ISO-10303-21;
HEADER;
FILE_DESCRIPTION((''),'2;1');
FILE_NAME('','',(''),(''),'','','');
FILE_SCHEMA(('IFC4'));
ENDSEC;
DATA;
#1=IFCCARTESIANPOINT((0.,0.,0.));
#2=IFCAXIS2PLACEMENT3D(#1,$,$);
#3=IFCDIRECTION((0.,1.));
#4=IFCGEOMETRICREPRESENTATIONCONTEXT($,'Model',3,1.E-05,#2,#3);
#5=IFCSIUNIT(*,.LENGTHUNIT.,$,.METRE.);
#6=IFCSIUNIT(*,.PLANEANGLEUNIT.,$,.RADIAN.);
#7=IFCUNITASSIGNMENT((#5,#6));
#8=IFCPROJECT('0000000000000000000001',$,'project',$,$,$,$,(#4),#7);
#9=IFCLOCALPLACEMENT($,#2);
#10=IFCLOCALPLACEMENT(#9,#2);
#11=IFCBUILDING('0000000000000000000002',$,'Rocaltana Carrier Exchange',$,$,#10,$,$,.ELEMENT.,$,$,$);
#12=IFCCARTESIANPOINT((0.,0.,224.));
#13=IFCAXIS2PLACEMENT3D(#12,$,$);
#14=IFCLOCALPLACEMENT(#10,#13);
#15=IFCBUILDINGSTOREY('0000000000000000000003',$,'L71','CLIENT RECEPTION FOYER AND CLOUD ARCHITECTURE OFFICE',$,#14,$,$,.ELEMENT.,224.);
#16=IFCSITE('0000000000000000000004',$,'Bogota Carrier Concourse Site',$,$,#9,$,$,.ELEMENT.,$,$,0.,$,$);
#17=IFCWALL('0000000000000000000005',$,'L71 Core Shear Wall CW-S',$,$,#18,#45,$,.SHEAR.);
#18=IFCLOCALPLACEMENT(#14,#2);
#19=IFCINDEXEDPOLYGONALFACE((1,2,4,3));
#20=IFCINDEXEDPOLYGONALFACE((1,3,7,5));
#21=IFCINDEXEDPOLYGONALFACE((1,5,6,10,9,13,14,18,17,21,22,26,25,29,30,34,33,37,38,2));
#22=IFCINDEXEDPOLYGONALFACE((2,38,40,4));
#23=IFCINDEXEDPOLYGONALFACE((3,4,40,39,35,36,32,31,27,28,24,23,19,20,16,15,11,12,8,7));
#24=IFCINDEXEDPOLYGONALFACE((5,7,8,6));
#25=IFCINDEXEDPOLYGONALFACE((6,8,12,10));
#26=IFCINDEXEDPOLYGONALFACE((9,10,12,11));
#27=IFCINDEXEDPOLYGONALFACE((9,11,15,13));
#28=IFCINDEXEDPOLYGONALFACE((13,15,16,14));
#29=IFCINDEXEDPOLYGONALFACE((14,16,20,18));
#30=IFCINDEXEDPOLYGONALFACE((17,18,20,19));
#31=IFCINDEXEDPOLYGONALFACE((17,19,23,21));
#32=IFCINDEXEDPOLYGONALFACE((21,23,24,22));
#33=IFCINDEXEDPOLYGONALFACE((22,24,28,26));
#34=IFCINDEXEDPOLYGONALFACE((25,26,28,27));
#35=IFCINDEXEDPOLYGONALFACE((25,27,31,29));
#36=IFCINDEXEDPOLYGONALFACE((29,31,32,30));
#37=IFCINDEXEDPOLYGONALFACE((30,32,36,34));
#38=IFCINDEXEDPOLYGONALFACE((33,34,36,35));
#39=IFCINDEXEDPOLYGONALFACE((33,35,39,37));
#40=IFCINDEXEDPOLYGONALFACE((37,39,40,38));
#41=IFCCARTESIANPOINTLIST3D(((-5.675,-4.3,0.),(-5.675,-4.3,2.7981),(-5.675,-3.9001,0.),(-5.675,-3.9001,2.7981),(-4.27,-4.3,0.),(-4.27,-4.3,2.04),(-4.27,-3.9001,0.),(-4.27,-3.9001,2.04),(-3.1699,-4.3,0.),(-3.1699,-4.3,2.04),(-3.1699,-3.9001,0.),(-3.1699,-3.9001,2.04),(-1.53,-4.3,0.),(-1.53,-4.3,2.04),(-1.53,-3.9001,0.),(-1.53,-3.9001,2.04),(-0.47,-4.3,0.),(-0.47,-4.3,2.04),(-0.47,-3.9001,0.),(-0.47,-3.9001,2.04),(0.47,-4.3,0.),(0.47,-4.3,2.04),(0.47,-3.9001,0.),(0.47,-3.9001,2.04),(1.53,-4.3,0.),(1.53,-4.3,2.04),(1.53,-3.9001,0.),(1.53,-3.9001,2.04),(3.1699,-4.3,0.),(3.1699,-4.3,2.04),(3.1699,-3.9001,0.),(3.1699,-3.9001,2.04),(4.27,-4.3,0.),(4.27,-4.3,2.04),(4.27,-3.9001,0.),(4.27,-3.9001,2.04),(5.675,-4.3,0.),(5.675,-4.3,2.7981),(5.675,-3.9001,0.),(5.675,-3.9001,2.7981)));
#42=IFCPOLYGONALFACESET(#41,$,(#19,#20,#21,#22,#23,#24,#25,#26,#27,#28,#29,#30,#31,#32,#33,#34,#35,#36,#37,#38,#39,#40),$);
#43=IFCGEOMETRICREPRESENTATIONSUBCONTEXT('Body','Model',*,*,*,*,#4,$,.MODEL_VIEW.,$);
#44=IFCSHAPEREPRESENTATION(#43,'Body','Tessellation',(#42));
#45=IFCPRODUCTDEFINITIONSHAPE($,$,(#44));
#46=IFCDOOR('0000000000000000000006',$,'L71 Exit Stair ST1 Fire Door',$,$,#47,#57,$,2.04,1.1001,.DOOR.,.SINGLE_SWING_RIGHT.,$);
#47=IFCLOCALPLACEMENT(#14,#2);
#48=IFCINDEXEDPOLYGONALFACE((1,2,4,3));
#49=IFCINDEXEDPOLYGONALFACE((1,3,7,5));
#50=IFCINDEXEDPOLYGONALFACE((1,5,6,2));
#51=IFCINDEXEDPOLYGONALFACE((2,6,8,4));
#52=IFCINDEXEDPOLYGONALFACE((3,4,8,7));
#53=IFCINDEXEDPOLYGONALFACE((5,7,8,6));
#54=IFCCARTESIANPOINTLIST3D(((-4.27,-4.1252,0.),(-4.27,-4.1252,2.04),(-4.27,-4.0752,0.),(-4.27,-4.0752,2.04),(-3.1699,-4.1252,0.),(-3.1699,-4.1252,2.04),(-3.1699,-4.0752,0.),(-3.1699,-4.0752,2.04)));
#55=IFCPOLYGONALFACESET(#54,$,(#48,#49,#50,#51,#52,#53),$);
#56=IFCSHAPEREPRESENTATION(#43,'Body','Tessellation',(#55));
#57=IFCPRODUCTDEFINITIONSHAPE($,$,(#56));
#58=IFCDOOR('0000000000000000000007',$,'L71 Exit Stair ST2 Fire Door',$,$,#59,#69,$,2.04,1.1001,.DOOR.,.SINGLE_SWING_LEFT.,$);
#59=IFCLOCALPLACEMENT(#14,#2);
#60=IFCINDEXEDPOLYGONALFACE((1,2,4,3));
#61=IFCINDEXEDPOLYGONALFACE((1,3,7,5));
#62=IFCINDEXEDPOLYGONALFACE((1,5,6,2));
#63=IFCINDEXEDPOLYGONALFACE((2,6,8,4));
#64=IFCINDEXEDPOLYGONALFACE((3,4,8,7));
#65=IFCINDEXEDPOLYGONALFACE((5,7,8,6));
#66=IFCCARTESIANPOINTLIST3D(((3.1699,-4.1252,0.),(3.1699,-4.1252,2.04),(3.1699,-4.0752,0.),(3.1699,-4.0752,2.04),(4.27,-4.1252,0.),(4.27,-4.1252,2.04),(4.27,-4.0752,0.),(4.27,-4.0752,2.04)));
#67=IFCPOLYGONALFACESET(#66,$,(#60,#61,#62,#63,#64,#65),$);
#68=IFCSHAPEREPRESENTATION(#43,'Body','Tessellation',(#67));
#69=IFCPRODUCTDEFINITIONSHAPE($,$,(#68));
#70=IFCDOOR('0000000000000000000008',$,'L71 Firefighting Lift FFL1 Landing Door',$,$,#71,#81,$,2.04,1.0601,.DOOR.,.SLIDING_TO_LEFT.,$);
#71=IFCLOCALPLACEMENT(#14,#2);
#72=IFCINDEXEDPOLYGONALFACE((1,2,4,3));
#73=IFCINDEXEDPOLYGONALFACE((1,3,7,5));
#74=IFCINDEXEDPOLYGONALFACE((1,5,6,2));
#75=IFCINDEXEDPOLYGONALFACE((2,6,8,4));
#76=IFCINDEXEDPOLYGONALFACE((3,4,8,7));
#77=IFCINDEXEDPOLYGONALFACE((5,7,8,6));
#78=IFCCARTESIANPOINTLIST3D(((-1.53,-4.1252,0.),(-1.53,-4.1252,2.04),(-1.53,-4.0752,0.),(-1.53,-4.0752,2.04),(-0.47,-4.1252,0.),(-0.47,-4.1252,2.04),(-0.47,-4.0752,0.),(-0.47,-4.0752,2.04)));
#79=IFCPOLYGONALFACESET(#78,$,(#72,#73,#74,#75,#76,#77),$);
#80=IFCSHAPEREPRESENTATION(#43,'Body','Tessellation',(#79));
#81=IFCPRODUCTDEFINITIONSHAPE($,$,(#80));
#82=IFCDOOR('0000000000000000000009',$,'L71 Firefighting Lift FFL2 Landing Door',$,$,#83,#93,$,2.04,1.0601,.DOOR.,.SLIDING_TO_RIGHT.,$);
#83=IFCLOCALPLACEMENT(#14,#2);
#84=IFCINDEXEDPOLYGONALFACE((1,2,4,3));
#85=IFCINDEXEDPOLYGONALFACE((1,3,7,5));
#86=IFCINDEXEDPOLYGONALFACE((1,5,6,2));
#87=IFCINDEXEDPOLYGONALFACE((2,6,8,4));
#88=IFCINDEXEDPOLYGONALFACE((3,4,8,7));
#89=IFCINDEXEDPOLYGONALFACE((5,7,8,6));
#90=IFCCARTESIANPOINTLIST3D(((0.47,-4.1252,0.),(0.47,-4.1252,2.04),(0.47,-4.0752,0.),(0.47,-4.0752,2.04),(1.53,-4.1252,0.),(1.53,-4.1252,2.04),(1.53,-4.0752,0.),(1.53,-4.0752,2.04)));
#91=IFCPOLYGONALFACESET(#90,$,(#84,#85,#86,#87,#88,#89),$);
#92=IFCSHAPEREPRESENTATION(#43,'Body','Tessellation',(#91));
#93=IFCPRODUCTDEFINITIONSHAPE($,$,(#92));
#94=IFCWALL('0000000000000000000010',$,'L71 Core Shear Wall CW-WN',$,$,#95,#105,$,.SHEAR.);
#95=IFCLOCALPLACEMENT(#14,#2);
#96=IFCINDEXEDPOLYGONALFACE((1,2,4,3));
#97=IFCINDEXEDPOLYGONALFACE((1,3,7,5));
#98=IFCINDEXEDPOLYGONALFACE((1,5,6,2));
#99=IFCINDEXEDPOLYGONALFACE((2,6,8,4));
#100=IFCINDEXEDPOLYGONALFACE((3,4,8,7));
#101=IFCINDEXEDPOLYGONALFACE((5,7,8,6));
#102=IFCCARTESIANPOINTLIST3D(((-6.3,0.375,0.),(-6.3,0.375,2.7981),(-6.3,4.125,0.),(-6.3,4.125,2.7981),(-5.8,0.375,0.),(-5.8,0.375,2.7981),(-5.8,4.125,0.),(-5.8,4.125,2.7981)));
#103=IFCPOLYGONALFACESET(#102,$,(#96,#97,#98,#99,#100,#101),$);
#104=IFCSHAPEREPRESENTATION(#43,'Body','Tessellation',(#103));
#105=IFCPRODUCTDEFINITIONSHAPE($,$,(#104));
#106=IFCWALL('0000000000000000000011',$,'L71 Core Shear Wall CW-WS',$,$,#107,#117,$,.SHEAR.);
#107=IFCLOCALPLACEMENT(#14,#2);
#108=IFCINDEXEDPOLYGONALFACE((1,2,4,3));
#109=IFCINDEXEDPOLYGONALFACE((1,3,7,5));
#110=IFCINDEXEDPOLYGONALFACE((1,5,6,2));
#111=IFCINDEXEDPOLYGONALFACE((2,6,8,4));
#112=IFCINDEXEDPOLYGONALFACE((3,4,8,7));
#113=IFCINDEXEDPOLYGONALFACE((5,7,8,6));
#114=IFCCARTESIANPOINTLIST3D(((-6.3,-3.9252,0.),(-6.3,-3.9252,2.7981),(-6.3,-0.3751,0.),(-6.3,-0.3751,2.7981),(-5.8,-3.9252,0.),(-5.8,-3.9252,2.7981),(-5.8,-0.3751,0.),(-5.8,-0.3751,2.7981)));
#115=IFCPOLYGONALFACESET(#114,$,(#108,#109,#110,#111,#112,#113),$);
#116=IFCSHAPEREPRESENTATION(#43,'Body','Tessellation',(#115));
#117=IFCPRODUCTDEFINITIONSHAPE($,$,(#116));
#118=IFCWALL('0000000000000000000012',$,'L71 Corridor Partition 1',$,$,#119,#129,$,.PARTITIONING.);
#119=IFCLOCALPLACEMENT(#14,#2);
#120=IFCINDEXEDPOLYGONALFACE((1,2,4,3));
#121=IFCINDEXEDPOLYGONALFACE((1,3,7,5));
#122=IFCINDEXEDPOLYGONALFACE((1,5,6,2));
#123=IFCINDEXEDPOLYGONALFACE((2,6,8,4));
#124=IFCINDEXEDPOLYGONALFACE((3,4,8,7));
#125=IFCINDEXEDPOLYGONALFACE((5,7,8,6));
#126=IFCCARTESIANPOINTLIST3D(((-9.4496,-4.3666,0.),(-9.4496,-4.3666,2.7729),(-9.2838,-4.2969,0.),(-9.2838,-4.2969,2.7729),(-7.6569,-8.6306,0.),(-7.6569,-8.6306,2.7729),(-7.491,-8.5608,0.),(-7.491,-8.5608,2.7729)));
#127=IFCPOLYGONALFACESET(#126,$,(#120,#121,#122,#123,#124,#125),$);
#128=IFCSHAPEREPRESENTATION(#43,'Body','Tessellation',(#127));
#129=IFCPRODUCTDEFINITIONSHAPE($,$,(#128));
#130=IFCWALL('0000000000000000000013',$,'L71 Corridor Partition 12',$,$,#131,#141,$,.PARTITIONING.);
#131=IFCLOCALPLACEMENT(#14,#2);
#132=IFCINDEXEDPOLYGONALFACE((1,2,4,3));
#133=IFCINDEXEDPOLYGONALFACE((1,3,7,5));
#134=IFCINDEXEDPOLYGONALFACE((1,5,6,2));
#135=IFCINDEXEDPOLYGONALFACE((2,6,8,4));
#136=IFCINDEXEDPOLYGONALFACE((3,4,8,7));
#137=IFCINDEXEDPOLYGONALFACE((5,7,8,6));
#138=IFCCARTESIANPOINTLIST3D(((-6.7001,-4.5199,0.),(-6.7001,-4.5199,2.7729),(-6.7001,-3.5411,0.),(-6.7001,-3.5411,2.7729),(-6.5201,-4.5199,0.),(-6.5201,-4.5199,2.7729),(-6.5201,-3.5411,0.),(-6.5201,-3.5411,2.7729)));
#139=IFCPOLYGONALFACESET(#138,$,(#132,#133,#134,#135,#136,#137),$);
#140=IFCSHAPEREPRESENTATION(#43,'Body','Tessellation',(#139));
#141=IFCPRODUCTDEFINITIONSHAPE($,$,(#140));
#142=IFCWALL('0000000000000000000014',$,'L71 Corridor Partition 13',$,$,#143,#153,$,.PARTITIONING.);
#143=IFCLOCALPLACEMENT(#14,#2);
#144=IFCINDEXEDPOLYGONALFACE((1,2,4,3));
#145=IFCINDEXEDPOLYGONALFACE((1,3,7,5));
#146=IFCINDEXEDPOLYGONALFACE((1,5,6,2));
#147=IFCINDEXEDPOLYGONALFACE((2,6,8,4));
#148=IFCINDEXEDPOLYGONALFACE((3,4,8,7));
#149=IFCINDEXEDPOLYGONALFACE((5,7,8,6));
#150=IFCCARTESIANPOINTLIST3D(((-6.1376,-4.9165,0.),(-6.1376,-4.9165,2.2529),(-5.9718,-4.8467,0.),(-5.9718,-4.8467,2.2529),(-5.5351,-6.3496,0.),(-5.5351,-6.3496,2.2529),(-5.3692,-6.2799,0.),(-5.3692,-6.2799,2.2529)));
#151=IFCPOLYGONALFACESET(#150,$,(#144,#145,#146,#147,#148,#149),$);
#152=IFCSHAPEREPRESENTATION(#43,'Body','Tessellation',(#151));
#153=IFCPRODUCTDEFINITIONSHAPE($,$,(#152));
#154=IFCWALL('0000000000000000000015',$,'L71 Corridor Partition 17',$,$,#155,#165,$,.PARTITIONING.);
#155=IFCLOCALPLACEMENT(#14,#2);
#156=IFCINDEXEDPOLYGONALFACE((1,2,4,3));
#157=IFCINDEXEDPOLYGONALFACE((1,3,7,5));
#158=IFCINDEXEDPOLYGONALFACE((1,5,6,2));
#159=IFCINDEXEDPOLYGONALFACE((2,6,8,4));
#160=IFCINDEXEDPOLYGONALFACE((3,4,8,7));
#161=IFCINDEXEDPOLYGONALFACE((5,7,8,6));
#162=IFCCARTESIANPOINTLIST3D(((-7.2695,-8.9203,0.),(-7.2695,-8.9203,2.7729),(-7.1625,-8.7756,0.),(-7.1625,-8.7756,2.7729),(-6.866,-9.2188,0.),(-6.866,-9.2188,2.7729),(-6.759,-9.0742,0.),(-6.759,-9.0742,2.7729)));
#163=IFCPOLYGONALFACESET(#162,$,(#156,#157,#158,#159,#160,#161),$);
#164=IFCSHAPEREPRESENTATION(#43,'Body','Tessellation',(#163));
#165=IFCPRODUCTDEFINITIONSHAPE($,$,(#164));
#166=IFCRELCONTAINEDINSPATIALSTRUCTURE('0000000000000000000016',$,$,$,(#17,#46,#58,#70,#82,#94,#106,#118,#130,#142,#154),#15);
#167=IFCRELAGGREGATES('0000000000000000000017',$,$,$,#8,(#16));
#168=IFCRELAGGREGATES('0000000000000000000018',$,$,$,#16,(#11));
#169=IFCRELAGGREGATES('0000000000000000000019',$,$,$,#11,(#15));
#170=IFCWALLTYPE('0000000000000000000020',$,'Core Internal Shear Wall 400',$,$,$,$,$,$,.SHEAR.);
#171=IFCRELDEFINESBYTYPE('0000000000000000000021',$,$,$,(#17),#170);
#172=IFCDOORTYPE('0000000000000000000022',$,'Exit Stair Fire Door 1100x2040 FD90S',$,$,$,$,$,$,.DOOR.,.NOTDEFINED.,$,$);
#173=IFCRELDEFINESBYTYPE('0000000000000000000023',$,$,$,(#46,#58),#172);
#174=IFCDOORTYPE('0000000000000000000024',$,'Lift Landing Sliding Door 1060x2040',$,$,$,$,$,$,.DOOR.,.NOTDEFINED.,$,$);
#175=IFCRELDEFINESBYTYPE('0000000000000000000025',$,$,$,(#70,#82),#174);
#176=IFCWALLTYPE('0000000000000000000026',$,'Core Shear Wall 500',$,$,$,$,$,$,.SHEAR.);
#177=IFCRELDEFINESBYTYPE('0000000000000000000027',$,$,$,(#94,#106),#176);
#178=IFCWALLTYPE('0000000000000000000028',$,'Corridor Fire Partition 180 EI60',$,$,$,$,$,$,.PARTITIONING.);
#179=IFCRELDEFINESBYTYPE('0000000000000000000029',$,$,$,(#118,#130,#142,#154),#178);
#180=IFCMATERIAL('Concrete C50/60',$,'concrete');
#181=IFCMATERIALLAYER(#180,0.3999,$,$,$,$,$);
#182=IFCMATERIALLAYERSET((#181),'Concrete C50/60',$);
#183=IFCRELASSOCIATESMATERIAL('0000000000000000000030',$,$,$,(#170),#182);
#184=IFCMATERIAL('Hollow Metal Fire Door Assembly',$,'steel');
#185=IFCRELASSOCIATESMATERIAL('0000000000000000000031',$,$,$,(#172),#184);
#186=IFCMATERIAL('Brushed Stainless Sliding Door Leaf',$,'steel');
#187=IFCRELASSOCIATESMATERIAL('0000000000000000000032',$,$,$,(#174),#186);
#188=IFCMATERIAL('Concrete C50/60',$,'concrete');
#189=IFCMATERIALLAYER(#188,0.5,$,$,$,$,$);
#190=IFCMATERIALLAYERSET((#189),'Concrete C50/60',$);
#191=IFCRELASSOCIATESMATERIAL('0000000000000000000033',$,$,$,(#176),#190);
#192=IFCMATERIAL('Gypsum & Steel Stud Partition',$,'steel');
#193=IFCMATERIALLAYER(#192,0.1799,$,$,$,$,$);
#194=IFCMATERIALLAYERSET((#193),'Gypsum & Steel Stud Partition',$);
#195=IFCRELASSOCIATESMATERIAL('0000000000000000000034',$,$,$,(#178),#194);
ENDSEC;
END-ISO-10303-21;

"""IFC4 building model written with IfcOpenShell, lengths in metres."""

from ifc_helpers import new_model, si_unit, direction, frame, frame_2d, origin, place, context, subcontext, project, spatial, rectangle, extrude, material, layer, layer_set, type_object, element, fill, save


model = new_model("IFC4")

# Units and contexts
model_context = context("Model", 3, precision=1e-05, world=origin(), true_north=direction((0.0, 1.0)))
body_context = subcontext(model_context, "Body", "Model", "MODEL_VIEW")
ifc_project = project(units=[si_unit("LENGTHUNIT", "METRE"), si_unit("PLANEANGLEUNIT", "RADIAN")], contexts=[model_context])

# Site, building, storey
site_placement = place(None, origin())
site = spatial("IfcSite", under=ifc_project, at=site_placement, Name="Bogota Carrier Concourse Site", CompositionType="ELEMENT", RefElevation=0.0)
building_placement = place(site_placement, origin())
building = spatial("IfcBuilding", under=site, at=building_placement, Name="Rocaltana Carrier Exchange", CompositionType="ELEMENT")
storey_placement = place(building_placement, frame((0.0, 0.0, 224.0)))
storey = spatial("IfcBuildingStorey", under=building, at=storey_placement, Name="L71", Description="CLIENT RECEPTION FOYER AND CLOUD ARCHITECTURE OFFICE", CompositionType="ELEMENT", Elevation=224.0)

# Wall, openings, doors
ifc_material_1 = material(Name="Concrete C50/60", Category="concrete")
ifc_layer_1 = layer(ifc_material_1, 0.3999)
ifc_layer_set_1 = layer_set([ifc_layer_1], Name="Concrete C50/60")
wall_type_1 = type_object("IfcWallType", Name="Core Internal Shear Wall 400", PredefinedType="SHEAR", material=ifc_layer_set_1)
wall_1_placement = place(storey_placement, frame((-5.675, -4.1001, 0.0), z_axis=(0.0, 0.0, 1.0), x_axis=(1.0, 0.0, 0.0)))
wall_1 = element("IfcWall", 1, at=wall_1_placement, inside=storey, type_object=wall_type_1, Name="L71 Core Shear Wall CW-S", PredefinedType="SHEAR", context=body_context, shape_type="SweptSolid", body=[
    extrude(rectangle(XDim=11.3501, YDim=0.3999, at=frame_2d((5.675, 0.0))), origin(), (0.0, 0.0, 1.0), 2.7981),
])
opening_1_placement = place(wall_1_placement, frame((1.405, 0.0, 0.0)))
opening_1 = element("IfcOpeningElement", 2, at=opening_1_placement, cuts=wall_1, PredefinedType="OPENING", context=body_context, shape_type="SweptSolid", body=[
    extrude(rectangle(XDim=1.1001, YDim=2.04, at=frame_2d((0.55, 1.02))), frame((0.0, 0.21, 0.0), z_axis=(0.0, -1.0, 0.0), x_axis=(1.0, 0.0, 0.0)), (0.0, 0.0, 1.0), 0.4199),
])
opening_2_placement = place(wall_1_placement, frame((8.845, 0.0, 0.0)))
opening_2 = element("IfcOpeningElement", 3, at=opening_2_placement, cuts=wall_1, PredefinedType="OPENING", context=body_context, shape_type="SweptSolid", body=[
    extrude(rectangle(XDim=1.1001, YDim=2.04, at=frame_2d((0.55, 1.02))), frame((0.0, 0.21, 0.0), z_axis=(0.0, -1.0, 0.0), x_axis=(1.0, 0.0, 0.0)), (0.0, 0.0, 1.0), 0.4199),
])
opening_3_placement = place(wall_1_placement, frame((4.145, 0.0, 0.0)))
opening_3 = element("IfcOpeningElement", 4, at=opening_3_placement, cuts=wall_1, PredefinedType="OPENING", context=body_context, shape_type="SweptSolid", body=[
    extrude(rectangle(XDim=1.0601, YDim=2.04, at=frame_2d((0.53, 1.02))), frame((0.0, 0.21, 0.0), z_axis=(0.0, -1.0, 0.0), x_axis=(1.0, 0.0, 0.0)), (0.0, 0.0, 1.0), 0.4199),
])
opening_4_placement = place(wall_1_placement, frame((6.145, 0.0, 0.0)))
opening_4 = element("IfcOpeningElement", 5, at=opening_4_placement, cuts=wall_1, PredefinedType="OPENING", context=body_context, shape_type="SweptSolid", body=[
    extrude(rectangle(XDim=1.0601, YDim=2.04, at=frame_2d((0.53, 1.02))), frame((0.0, 0.21, 0.0), z_axis=(0.0, -1.0, 0.0), x_axis=(1.0, 0.0, 0.0)), (0.0, 0.0, 1.0), 0.4199),
])
ifc_material_2 = material(Name="Hollow Metal Fire Door Assembly", Category="steel")
door_type_1 = type_object("IfcDoorType", Name="Exit Stair Fire Door 1100x2040 FD90S", OperationType="NOTDEFINED", PredefinedType="DOOR", material=ifc_material_2)
door_1_placement = place(opening_1_placement, origin())
door_1 = element("IfcDoor", 6, at=door_1_placement, inside=storey, type_object=door_type_1, Name="L71 Exit Stair ST1 Fire Door", OperationType="SINGLE_SWING_RIGHT", OverallHeight=2.04, OverallWidth=1.1001, PredefinedType="DOOR", context=body_context, shape_type="SweptSolid", body=[
    extrude(rectangle(XDim=1.1001, YDim=2.04, at=frame_2d((0.55, 1.02))), frame((0.0, 0.0249, 0.0), z_axis=(0.0, -1.0, 0.0), x_axis=(1.0, 0.0, 0.0)), (0.0, 0.0, 1.0), 0.05),
])
fill(opening_1, door_1)
door_2_placement = place(opening_2_placement, origin())
door_2 = element("IfcDoor", 7, at=door_2_placement, inside=storey, type_object=door_type_1, Name="L71 Exit Stair ST2 Fire Door", OperationType="SINGLE_SWING_LEFT", OverallHeight=2.04, OverallWidth=1.1001, PredefinedType="DOOR", context=body_context, shape_type="SweptSolid", body=[
    extrude(rectangle(XDim=1.1001, YDim=2.04, at=frame_2d((0.55, 1.02))), frame((0.0, 0.0249, 0.0), z_axis=(0.0, -1.0, 0.0), x_axis=(1.0, 0.0, 0.0)), (0.0, 0.0, 1.0), 0.05),
])
fill(opening_2, door_2)
ifc_material_3 = material(Name="Brushed Stainless Sliding Door Leaf", Category="steel")
door_type_2 = type_object("IfcDoorType", Name="Lift Landing Sliding Door 1060x2040", OperationType="NOTDEFINED", PredefinedType="DOOR", material=ifc_material_3)
door_3_placement = place(opening_3_placement, origin())
door_3 = element("IfcDoor", 8, at=door_3_placement, inside=storey, type_object=door_type_2, Name="L71 Firefighting Lift FFL1 Landing Door", OperationType="SLIDING_TO_LEFT", OverallHeight=2.04, OverallWidth=1.0601, PredefinedType="DOOR", context=body_context, shape_type="SweptSolid", body=[
    extrude(rectangle(XDim=1.0601, YDim=2.04, at=frame_2d((0.53, 1.02))), frame((0.0, 0.0249, 0.0), z_axis=(0.0, -1.0, 0.0), x_axis=(1.0, 0.0, 0.0)), (0.0, 0.0, 1.0), 0.05),
])
fill(opening_3, door_3)
door_4_placement = place(opening_4_placement, origin())
door_4 = element("IfcDoor", 9, at=door_4_placement, inside=storey, type_object=door_type_2, Name="L71 Firefighting Lift FFL2 Landing Door", OperationType="SLIDING_TO_RIGHT", OverallHeight=2.04, OverallWidth=1.0601, PredefinedType="DOOR", context=body_context, shape_type="SweptSolid", body=[
    extrude(rectangle(XDim=1.0601, YDim=2.04, at=frame_2d((0.53, 1.02))), frame((0.0, 0.0249, 0.0), z_axis=(0.0, -1.0, 0.0), x_axis=(1.0, 0.0, 0.0)), (0.0, 0.0, 1.0), 0.05),
])
fill(opening_4, door_4)

# Walls
ifc_material_4 = material(Name="Concrete C50/60", Category="concrete")
ifc_layer_2 = layer(ifc_material_4, 0.5)
ifc_layer_set_2 = layer_set([ifc_layer_2], Name="Concrete C50/60")
wall_type_2 = type_object("IfcWallType", Name="Core Shear Wall 500", PredefinedType="SHEAR", material=ifc_layer_set_2)
wall_2_placement = place(storey_placement, frame((-6.05, 0.375, 0.0), z_axis=(0.0, 0.0, 1.0), x_axis=(0.0, 1.0, 0.0)))
element("IfcWall", 10, at=wall_2_placement, inside=storey, type_object=wall_type_2, Name="L71 Core Shear Wall CW-WN", PredefinedType="SHEAR", context=body_context, shape_type="SweptSolid", body=[
    extrude(rectangle(XDim=3.75, YDim=0.5, at=frame_2d((1.875, 0.0))), origin(), (0.0, 0.0, 1.0), 2.7981),
])
wall_3_placement = place(storey_placement, frame((-6.05, -3.925, 0.0), z_axis=(0.0, 0.0, 1.0), x_axis=(0.0, 1.0, 0.0)))
element("IfcWall", 11, at=wall_3_placement, inside=storey, type_object=wall_type_2, Name="L71 Core Shear Wall CW-WS", PredefinedType="SHEAR", context=body_context, shape_type="SweptSolid", body=[
    extrude(rectangle(XDim=3.55, YDim=0.5, at=frame_2d((1.7749, 0.0))), origin(), (0.0, 0.0, 1.0), 2.7981),
])
ifc_material_5 = material(Name="Gypsum & Steel Stud Partition", Category="steel")
ifc_layer_3 = layer(ifc_material_5, 0.1799)
ifc_layer_set_3 = layer_set([ifc_layer_3], Name="Gypsum & Steel Stud Partition")
wall_type_3 = type_object("IfcWallType", Name="Corridor Fire Partition 180 EI60", PredefinedType="PARTITIONING", material=ifc_layer_set_3)
wall_4_placement = place(storey_placement, frame((-7.574, -8.5957, 0.0), z_axis=(0.0, 0.0, 1.0), x_axis=(-0.387578, 0.921837, 0.0)))
element("IfcWall", 12, at=wall_4_placement, inside=storey, type_object=wall_type_3, Name="L71 Corridor Partition 1", PredefinedType="PARTITIONING", context=body_context, shape_type="SweptSolid", body=[
    extrude(rectangle(XDim=4.6255, YDim=0.1799, at=frame_2d((2.3127, 0.0))), origin(), (0.0, 0.0, 1.0), 2.7729),
])
wall_5_placement = place(storey_placement, frame((-6.6101, -3.5413, 0.0), z_axis=(0.0, 0.0, 1.0), x_axis=(0.0, -1.0, 0.0)))
element("IfcWall", 13, at=wall_5_placement, inside=storey, type_object=wall_type_3, Name="L71 Corridor Partition 12", PredefinedType="PARTITIONING", context=body_context, shape_type="SweptSolid", body=[
    extrude(rectangle(XDim=0.9788, YDim=0.1799, at=frame_2d((0.4893, 0.0))), origin(), (0.0, 0.0, 1.0), 2.7729),
])
wall_6_placement = place(storey_placement, frame((-6.0547, -4.8816, 0.0), z_axis=(0.0, 0.0, 1.0), x_axis=(0.38758, -0.921836, 0.0)))
element("IfcWall", 14, at=wall_6_placement, inside=storey, type_object=wall_type_3, Name="L71 Corridor Partition 13", PredefinedType="PARTITIONING", context=body_context, shape_type="SweptSolid", body=[
    extrude(rectangle(XDim=1.5547, YDim=0.1799, at=frame_2d((0.7773, 0.0))), origin(), (0.0, 0.0, 1.0), 2.2529),
])
wall_7_placement = place(storey_placement, frame((-6.8125, -9.1465, 0.0), z_axis=(0.0, 0.0, 1.0), x_axis=(-0.803893, 0.594774, 0.0)))
element("IfcWall", 15, at=wall_7_placement, inside=storey, type_object=wall_type_3, Name="L71 Corridor Partition 17", PredefinedType="PARTITIONING", context=body_context, shape_type="SweptSolid", body=[
    extrude(rectangle(XDim=0.502, YDim=0.1799, at=frame_2d((0.251, 0.0))), origin(), (0.0, 0.0, 1.0), 2.7729),
])

save(model, "model.ifc")
